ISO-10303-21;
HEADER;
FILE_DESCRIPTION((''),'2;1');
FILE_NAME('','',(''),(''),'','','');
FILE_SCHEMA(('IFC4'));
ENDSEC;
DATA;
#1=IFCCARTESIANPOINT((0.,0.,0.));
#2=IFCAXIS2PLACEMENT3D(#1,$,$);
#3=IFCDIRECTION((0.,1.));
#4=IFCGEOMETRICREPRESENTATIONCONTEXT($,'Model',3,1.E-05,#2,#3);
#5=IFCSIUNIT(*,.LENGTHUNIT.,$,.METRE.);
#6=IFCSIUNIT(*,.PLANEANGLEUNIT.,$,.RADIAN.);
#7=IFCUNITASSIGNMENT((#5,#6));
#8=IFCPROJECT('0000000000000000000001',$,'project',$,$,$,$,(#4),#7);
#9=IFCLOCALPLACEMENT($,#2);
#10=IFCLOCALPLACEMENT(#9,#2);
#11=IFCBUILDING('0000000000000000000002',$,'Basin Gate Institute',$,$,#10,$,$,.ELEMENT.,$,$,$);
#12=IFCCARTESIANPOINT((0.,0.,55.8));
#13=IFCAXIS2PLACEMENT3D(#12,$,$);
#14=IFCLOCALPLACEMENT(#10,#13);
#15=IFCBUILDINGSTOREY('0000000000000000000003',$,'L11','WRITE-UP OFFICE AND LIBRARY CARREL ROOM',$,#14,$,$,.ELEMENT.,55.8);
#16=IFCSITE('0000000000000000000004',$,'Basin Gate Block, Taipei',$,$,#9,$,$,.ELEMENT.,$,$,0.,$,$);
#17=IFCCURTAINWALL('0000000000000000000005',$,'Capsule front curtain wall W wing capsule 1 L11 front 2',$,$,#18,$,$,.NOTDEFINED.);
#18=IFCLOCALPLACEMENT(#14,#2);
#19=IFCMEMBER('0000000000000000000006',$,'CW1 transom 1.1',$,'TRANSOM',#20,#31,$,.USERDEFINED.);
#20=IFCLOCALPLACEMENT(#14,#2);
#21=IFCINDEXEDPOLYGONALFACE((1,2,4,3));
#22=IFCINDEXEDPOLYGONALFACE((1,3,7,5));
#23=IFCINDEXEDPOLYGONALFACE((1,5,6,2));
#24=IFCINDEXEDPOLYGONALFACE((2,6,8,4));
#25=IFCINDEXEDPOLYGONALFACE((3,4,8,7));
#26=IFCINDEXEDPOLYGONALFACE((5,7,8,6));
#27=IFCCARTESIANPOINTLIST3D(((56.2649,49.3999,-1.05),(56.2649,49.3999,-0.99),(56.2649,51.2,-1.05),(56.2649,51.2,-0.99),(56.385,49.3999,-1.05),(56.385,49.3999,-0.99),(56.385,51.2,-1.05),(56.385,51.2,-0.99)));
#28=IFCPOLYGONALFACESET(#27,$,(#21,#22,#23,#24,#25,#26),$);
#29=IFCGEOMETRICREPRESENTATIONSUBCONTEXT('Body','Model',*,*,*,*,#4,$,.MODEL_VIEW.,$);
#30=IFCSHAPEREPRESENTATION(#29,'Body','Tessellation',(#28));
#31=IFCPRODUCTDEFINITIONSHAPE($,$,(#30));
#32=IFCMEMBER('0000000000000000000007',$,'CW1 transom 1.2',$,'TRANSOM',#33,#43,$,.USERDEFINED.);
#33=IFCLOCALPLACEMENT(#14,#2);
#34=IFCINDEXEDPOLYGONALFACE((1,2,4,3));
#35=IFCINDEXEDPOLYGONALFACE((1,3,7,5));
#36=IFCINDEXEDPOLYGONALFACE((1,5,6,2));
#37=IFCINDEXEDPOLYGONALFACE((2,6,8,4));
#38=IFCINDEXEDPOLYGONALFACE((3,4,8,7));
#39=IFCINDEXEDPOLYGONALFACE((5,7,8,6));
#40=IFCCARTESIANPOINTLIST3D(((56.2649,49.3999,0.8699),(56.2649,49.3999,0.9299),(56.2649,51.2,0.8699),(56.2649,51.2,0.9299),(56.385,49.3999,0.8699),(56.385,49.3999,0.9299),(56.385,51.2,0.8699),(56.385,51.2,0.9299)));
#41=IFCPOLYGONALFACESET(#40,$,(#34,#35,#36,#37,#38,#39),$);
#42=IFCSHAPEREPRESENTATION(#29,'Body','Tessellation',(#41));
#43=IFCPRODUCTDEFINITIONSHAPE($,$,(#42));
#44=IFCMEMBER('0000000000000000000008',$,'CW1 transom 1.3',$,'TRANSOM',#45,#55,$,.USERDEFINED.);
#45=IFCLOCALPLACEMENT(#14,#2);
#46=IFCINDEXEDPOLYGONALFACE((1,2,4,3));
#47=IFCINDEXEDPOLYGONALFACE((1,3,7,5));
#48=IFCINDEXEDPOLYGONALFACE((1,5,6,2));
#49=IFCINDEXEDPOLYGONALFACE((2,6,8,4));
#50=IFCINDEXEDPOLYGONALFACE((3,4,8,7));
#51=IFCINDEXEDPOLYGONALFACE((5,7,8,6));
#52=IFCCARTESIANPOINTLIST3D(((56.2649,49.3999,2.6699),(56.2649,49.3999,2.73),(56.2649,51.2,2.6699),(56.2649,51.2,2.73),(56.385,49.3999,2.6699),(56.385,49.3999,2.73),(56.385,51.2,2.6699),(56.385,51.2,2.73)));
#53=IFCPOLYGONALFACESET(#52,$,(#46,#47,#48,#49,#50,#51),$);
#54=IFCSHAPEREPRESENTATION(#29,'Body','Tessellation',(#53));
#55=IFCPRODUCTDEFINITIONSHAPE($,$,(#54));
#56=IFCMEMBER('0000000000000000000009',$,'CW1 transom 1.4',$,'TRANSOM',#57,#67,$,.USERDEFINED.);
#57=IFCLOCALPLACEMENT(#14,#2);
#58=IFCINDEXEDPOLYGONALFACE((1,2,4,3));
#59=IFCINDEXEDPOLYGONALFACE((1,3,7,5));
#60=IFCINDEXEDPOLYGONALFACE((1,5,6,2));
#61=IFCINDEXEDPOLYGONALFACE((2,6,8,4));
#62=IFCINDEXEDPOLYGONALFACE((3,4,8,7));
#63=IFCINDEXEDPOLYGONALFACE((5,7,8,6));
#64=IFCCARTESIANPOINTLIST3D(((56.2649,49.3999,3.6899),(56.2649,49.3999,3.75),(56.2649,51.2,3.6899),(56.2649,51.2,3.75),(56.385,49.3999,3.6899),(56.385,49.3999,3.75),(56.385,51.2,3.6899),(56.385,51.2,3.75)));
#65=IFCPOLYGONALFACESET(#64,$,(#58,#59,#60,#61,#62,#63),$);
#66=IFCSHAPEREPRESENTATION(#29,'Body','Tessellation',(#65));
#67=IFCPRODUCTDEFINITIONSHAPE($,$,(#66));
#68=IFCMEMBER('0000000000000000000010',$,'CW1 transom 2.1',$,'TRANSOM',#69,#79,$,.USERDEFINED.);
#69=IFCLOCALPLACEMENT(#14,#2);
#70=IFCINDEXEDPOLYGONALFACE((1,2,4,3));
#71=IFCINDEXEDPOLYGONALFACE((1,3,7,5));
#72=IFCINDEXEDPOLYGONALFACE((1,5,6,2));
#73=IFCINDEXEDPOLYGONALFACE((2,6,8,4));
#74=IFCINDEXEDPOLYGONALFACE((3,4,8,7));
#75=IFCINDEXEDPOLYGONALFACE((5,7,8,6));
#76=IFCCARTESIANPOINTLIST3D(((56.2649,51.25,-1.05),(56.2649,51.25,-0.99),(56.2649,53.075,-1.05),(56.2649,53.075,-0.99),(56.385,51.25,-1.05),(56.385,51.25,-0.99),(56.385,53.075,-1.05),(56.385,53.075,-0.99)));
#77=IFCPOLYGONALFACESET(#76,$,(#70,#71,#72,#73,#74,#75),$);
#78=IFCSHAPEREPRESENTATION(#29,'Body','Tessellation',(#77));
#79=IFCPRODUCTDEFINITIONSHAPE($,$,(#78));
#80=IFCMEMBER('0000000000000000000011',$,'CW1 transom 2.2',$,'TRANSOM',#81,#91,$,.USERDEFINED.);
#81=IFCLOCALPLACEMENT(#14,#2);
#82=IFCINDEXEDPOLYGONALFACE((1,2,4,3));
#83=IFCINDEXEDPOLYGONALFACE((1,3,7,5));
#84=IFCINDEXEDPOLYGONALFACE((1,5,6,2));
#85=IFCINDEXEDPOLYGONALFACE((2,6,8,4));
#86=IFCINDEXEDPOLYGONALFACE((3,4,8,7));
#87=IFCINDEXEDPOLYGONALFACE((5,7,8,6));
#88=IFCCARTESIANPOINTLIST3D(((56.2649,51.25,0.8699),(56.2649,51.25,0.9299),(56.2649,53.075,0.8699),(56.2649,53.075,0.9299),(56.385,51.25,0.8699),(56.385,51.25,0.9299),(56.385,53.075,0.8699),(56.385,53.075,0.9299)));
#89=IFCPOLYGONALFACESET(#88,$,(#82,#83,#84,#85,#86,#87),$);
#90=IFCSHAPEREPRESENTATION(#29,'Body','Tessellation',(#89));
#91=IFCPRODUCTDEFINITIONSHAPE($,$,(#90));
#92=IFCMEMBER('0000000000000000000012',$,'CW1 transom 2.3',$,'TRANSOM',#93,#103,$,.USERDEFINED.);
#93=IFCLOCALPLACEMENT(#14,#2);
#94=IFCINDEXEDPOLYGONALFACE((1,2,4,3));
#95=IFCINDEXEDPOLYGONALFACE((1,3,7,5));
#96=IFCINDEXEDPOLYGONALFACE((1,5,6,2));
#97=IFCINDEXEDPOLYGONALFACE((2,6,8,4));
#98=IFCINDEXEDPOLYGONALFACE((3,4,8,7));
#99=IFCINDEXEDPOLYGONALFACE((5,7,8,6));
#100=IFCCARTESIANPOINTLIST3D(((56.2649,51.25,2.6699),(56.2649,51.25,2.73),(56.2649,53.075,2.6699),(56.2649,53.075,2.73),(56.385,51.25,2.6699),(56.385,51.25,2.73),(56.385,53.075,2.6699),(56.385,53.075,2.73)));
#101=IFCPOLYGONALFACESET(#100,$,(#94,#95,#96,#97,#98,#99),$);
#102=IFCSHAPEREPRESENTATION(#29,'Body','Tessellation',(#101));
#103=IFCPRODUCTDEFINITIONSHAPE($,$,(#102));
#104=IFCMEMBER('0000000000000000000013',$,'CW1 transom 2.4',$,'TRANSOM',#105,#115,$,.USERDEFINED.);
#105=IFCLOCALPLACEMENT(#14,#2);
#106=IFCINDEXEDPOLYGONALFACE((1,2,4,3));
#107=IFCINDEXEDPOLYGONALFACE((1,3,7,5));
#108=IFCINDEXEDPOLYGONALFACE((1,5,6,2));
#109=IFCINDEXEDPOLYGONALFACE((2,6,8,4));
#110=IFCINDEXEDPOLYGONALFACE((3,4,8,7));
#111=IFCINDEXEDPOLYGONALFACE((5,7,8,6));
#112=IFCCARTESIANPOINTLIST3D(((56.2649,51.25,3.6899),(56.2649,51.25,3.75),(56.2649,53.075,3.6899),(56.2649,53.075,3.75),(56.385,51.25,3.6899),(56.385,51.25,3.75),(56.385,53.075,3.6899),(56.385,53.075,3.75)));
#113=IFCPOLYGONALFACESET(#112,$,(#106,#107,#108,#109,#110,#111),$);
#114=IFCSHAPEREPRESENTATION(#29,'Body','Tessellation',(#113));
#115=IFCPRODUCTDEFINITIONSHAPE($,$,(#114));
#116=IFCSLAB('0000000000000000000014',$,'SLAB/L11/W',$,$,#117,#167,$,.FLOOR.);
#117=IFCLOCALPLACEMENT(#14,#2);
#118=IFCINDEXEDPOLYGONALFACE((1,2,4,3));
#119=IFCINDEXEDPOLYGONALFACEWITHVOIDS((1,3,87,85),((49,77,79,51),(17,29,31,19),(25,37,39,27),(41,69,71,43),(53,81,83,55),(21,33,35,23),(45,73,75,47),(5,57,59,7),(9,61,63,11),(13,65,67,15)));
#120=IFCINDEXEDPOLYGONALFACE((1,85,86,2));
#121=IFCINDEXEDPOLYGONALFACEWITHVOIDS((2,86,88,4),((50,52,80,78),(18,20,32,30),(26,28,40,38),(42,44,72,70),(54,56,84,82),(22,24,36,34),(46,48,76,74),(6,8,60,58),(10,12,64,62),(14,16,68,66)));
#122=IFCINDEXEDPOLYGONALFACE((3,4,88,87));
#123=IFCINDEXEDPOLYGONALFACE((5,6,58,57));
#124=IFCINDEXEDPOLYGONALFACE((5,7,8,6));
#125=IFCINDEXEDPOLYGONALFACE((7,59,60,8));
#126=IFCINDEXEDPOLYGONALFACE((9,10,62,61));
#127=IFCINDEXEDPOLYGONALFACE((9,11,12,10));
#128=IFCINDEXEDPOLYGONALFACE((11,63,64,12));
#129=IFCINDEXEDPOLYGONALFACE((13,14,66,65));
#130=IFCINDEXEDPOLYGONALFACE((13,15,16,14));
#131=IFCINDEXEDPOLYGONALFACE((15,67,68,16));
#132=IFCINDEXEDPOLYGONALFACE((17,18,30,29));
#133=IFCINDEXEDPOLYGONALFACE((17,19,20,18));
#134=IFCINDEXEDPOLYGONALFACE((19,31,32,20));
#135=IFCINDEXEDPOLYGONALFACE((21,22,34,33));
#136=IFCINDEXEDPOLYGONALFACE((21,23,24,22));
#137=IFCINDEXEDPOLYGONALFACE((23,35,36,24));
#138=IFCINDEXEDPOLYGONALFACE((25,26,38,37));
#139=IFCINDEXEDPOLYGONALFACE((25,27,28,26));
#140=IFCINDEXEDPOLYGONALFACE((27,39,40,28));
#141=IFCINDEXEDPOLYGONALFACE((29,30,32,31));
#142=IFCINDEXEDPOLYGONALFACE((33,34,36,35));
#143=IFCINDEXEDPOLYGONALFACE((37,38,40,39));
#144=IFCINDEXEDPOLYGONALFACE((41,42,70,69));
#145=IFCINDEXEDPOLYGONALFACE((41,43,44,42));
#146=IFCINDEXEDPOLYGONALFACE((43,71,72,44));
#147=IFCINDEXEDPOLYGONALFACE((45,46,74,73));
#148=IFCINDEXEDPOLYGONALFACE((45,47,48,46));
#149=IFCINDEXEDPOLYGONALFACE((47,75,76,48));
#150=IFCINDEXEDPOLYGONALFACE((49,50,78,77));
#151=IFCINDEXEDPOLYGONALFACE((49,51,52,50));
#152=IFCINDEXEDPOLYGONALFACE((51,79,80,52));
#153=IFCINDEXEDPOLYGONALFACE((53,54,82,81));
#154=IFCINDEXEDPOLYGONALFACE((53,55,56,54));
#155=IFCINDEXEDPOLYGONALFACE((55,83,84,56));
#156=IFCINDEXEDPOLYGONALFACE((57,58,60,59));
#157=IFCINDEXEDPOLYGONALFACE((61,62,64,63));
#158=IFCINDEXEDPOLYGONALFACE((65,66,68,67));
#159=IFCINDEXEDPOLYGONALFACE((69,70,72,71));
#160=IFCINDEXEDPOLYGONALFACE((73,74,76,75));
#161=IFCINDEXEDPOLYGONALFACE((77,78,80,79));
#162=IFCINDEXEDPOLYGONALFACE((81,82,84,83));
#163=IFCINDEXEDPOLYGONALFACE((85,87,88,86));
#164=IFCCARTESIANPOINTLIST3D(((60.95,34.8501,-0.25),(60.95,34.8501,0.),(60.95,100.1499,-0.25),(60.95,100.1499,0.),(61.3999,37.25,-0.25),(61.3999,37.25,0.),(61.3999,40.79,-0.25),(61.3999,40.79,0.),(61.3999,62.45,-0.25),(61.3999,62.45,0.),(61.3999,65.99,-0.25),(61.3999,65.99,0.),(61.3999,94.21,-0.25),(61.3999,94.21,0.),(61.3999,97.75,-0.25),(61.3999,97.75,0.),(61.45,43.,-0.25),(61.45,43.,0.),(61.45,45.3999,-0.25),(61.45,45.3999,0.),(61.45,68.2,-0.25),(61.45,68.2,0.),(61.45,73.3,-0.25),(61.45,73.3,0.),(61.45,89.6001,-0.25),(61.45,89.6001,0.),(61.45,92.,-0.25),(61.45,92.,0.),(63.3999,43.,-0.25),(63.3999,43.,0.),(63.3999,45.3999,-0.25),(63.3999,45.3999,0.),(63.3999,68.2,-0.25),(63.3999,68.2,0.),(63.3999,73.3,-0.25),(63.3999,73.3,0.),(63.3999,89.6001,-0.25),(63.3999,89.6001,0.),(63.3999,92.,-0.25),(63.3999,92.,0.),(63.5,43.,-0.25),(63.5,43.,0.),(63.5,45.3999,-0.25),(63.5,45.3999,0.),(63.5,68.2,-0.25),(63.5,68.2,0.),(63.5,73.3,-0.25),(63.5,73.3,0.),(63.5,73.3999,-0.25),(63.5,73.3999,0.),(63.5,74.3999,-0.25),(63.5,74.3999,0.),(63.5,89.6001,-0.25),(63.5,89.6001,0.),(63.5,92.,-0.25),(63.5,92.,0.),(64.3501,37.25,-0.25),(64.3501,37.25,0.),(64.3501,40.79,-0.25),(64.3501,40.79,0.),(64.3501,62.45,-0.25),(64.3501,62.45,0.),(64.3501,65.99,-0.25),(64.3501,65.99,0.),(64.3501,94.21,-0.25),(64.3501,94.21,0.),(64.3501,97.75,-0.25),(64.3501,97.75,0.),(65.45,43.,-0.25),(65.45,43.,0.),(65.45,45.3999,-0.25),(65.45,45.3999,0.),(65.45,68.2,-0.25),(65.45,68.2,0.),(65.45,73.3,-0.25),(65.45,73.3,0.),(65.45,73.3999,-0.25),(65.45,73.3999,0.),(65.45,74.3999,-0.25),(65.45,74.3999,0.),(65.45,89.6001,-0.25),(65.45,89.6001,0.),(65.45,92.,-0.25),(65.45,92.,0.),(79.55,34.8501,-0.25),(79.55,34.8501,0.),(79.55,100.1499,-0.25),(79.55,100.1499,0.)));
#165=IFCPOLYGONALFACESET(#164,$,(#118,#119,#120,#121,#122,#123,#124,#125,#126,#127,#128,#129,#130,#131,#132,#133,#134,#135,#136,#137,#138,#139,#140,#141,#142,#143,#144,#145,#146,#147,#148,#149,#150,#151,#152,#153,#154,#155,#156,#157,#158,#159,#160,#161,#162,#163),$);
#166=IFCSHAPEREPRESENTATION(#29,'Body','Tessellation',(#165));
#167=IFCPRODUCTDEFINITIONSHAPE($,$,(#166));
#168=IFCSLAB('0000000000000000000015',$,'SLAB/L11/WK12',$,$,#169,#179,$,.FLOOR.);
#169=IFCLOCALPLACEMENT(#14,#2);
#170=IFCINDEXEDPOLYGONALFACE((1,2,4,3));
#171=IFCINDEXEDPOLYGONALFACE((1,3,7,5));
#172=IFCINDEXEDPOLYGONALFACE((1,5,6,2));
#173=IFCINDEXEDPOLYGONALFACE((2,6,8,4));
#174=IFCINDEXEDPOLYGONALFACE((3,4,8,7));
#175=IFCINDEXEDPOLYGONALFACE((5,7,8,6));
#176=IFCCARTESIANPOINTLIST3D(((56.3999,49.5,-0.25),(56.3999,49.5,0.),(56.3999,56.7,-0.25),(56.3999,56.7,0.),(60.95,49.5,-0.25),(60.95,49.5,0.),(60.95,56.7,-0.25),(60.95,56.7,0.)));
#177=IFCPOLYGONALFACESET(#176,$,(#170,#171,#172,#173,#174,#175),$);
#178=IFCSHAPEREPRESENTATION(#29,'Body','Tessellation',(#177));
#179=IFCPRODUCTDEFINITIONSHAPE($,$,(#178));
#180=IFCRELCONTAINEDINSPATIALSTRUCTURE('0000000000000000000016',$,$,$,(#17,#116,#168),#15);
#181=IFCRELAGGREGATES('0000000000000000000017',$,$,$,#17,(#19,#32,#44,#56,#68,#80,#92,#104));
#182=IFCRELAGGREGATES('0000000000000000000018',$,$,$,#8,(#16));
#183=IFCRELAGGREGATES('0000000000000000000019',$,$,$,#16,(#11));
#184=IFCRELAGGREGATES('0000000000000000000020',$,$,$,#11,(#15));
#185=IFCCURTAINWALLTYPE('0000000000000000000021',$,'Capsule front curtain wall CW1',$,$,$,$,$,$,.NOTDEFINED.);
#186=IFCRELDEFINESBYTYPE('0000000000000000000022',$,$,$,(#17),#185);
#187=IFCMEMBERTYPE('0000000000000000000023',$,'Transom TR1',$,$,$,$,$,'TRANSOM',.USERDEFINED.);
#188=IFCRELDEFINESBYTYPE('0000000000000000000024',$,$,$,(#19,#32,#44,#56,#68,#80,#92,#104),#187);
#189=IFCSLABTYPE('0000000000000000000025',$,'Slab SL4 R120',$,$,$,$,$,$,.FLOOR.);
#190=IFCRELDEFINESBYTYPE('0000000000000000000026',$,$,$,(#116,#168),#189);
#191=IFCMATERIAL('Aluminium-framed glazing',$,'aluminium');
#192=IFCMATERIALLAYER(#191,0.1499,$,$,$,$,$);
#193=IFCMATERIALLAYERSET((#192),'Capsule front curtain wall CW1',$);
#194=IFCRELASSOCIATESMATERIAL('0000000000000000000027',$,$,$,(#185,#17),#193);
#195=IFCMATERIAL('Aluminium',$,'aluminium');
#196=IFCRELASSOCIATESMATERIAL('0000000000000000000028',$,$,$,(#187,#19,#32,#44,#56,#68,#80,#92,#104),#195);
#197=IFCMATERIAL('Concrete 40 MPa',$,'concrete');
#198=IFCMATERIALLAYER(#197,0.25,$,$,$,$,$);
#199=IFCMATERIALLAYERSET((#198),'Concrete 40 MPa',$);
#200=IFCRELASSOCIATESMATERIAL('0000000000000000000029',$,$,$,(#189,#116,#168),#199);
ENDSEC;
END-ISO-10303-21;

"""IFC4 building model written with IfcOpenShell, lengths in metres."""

from ifc_helpers import new_model, si_unit, direction, frame, origin, origin_2d, place, context, subcontext, project, spatial, polyline, rectangle, outline, extrude, material, layer, layer_set, material_profile, profile_set, type_object, element, aggregate, save


model = new_model("IFC4")

# Units and contexts
model_context = context("Model", 3, precision=1e-05, world=origin(), true_north=direction((0.0, 1.0)))
body_context = subcontext(model_context, "Body", "Model", "MODEL_VIEW")
ifc_project = project(units=[si_unit("LENGTHUNIT", "METRE"), si_unit("PLANEANGLEUNIT", "RADIAN")], contexts=[model_context])

# Site, building, storey
site_placement = place(None, origin())
site = spatial("IfcSite", under=ifc_project, at=site_placement, Name="Basin Gate Block, Taipei", CompositionType="ELEMENT", RefElevation=0.0)
building_placement = place(site_placement, origin())
building = spatial("IfcBuilding", under=site, at=building_placement, Name="Basin Gate Institute", CompositionType="ELEMENT")
storey_placement = place(building_placement, frame((0.0, 0.0, 55.8)))
storey = spatial("IfcBuildingStorey", under=building, at=storey_placement, Name="L11", Description="WRITE-UP OFFICE AND LIBRARY CARREL ROOM", CompositionType="ELEMENT", Elevation=55.8)

# Curtain wall
ifc_material_1 = material(Name="Aluminium-framed glazing", Category="aluminium")
ifc_layer_1 = layer(ifc_material_1, 0.1499)
ifc_layer_set_1 = layer_set([ifc_layer_1], Name="Capsule front curtain wall CW1")
curtain_wall_type = type_object("IfcCurtainWallType", Name="Capsule front curtain wall CW1", PredefinedType="NOTDEFINED", material=ifc_layer_set_1)
curtain_wall_1_placement = place(storey_placement, origin())
curtain_wall_1 = element("IfcCurtainWall", 1, at=curtain_wall_1_placement, inside=storey, type_object=curtain_wall_type, material=ifc_layer_set_1, Name="Capsule front curtain wall W wing capsule 1 L11 front 2", PredefinedType="NOTDEFINED")

# Members
ifc_material_2 = material(Name="Aluminium", Category="aluminium")
ifc_material_profile_1 = material_profile(ifc_material_2, rectangle(XDim=0.1201, YDim=0.0601, at=origin_2d()), Name="Transom TR1 120 x 60")
ifc_profile_set_1 = profile_set([ifc_material_profile_1], Name="Aluminium")
member_type_1 = type_object("IfcMemberType", Name="Transom TR1", ElementType="TRANSOM", PredefinedType="USERDEFINED", material=ifc_profile_set_1)
member_1_placement = place(storey_placement, frame((56.325, 49.3999, -1.02), z_axis=(0.0, 1.0, 0.0), x_axis=(-1.0, 0.0, 0.0)))
member_1 = element("IfcMember", 2, at=member_1_placement, type_object=member_type_1, material=ifc_profile_set_1, Name="CW1 transom 1.1", ObjectType="TRANSOM", PredefinedType="USERDEFINED", context=body_context, shape_type="SweptSolid", body=[
    extrude(rectangle(XDim=0.1201, YDim=0.0601, at=origin_2d()), origin(), (0.0, 0.0, 1.0), 1.8),
])
member_2_placement = place(storey_placement, frame((56.325, 49.3999, 0.8999), z_axis=(0.0, 1.0, 0.0), x_axis=(-1.0, 0.0, 0.0)))
member_2 = element("IfcMember", 3, at=member_2_placement, type_object=member_type_1, material=ifc_profile_set_1, Name="CW1 transom 1.2", ObjectType="TRANSOM", PredefinedType="USERDEFINED", context=body_context, shape_type="SweptSolid", body=[
    extrude(rectangle(XDim=0.1201, YDim=0.0601, at=origin_2d()), origin(), (0.0, 0.0, 1.0), 1.8),
])
member_3_placement = place(storey_placement, frame((56.325, 49.3999, 2.7), z_axis=(0.0, 1.0, 0.0), x_axis=(-1.0, 0.0, 0.0)))
member_3 = element("IfcMember", 4, at=member_3_placement, type_object=member_type_1, material=ifc_profile_set_1, Name="CW1 transom 1.3", ObjectType="TRANSOM", PredefinedType="USERDEFINED", context=body_context, shape_type="SweptSolid", body=[
    extrude(rectangle(XDim=0.1201, YDim=0.0601, at=origin_2d()), origin(), (0.0, 0.0, 1.0), 1.8),
])
member_4_placement = place(storey_placement, frame((56.325, 49.3999, 3.72), z_axis=(0.0, 1.0, 0.0), x_axis=(-1.0, 0.0, 0.0)))
member_4 = element("IfcMember", 5, at=member_4_placement, type_object=member_type_1, material=ifc_profile_set_1, Name="CW1 transom 1.4", ObjectType="TRANSOM", PredefinedType="USERDEFINED", context=body_context, shape_type="SweptSolid", body=[
    extrude(rectangle(XDim=0.1201, YDim=0.0601, at=origin_2d()), origin(), (0.0, 0.0, 1.0), 1.8),
])
member_5_placement = place(storey_placement, frame((56.325, 51.25, -1.02), z_axis=(0.0, 1.0, 0.0), x_axis=(-1.0, 0.0, 0.0)))
member_5 = element("IfcMember", 6, at=member_5_placement, type_object=member_type_1, material=ifc_profile_set_1, Name="CW1 transom 2.1", ObjectType="TRANSOM", PredefinedType="USERDEFINED", context=body_context, shape_type="SweptSolid", body=[
    extrude(rectangle(XDim=0.1201, YDim=0.0601, at=origin_2d()), origin(), (0.0, 0.0, 1.0), 1.825),
])
member_6_placement = place(storey_placement, frame((56.325, 51.25, 0.8999), z_axis=(0.0, 1.0, 0.0), x_axis=(-1.0, 0.0, 0.0)))
member_6 = element("IfcMember", 7, at=member_6_placement, type_object=member_type_1, material=ifc_profile_set_1, Name="CW1 transom 2.2", ObjectType="TRANSOM", PredefinedType="USERDEFINED", context=body_context, shape_type="SweptSolid", body=[
    extrude(rectangle(XDim=0.1201, YDim=0.0601, at=origin_2d()), origin(), (0.0, 0.0, 1.0), 1.825),
])
member_7_placement = place(storey_placement, frame((56.325, 51.25, 2.7), z_axis=(0.0, 1.0, 0.0), x_axis=(-1.0, 0.0, 0.0)))
member_7 = element("IfcMember", 8, at=member_7_placement, type_object=member_type_1, material=ifc_profile_set_1, Name="CW1 transom 2.3", ObjectType="TRANSOM", PredefinedType="USERDEFINED", context=body_context, shape_type="SweptSolid", body=[
    extrude(rectangle(XDim=0.1201, YDim=0.0601, at=origin_2d()), origin(), (0.0, 0.0, 1.0), 1.825),
])
member_8_placement = place(storey_placement, frame((56.325, 51.25, 3.72), z_axis=(0.0, 1.0, 0.0), x_axis=(-1.0, 0.0, 0.0)))
member_8 = element("IfcMember", 9, at=member_8_placement, type_object=member_type_1, material=ifc_profile_set_1, Name="CW1 transom 2.4", ObjectType="TRANSOM", PredefinedType="USERDEFINED", context=body_context, shape_type="SweptSolid", body=[
    extrude(rectangle(XDim=0.1201, YDim=0.0601, at=origin_2d()), origin(), (0.0, 0.0, 1.0), 1.825),
])

# Slabs
ifc_material_3 = material(Name="Concrete 40 MPa", Category="concrete")
ifc_layer_2 = layer(ifc_material_3, 0.25)
ifc_layer_set_2 = layer_set([ifc_layer_2], Name="Concrete 40 MPa")
slab_type_1 = type_object("IfcSlabType", Name="Slab SL4 R120", PredefinedType="FLOOR", material=ifc_layer_set_2)
slab_1_placement = place(storey_placement, frame((0.0, 0.0, -0.25)))
element("IfcSlab", 10, at=slab_1_placement, inside=storey, type_object=slab_type_1, material=ifc_layer_set_2, Name="SLAB/L11/W", PredefinedType="FLOOR", context=body_context, shape_type="SweptSolid", body=[
    extrude(outline(polyline([(60.95, 34.8501), (79.55, 34.8501), (79.55, 100.1499), (60.95, 100.1499), (60.95, 34.8501)]), holes=[polyline([(61.3999, 37.25), (64.3501, 37.25), (64.3501, 40.79), (61.3999, 40.79), (61.3999, 37.25)]), polyline([(61.3999, 62.45), (64.3501, 62.45), (64.3501, 65.99), (61.3999, 65.99), (61.3999, 62.45)]), polyline([(61.3999, 94.21), (64.3501, 94.21), (64.3501, 97.75), (61.3999, 97.75), (61.3999, 94.21)]), polyline([(61.45, 43.0), (63.3999, 43.0), (63.3999, 45.3999), (61.45, 45.3999), (61.45, 43.0)]), polyline([(61.45, 68.2), (63.3999, 68.2), (63.3999, 73.3), (61.45, 73.3), (61.45, 68.2)]), polyline([(63.5, 73.3999), (65.45, 73.3999), (65.45, 74.3999), (63.5, 74.3999), (63.5, 73.3999)]), polyline([(61.45, 89.6001), (63.3999, 89.6001), (63.3999, 92.0), (61.45, 92.0), (61.45, 89.6001)]), polyline([(63.5, 43.0), (65.45, 43.0), (65.45, 45.3999), (63.5, 45.3999), (63.5, 43.0)]), polyline([(65.45, 68.2), (63.5, 68.2), (63.5, 73.3), (65.45, 73.3), (65.45, 68.2)]), polyline([(63.5, 89.6001), (65.45, 89.6001), (65.45, 92.0), (63.5, 92.0), (63.5, 89.6001)])]), origin(), (0.0, 0.0, 1.0), 0.25),
])
slab_2_placement = place(storey_placement, frame((0.0, 0.0, -0.25)))
element("IfcSlab", 11, at=slab_2_placement, inside=storey, type_object=slab_type_1, material=ifc_layer_set_2, Name="SLAB/L11/WK12", PredefinedType="FLOOR", context=body_context, shape_type="SweptSolid", body=[
    extrude(outline(polyline([(60.95, 49.5), (56.3999, 49.5), (56.3999, 56.7), (60.95, 56.7), (60.95, 49.5)])), origin(), (0.0, 0.0, 1.0), 0.25),
])

aggregate(curtain_wall_1, [member_1, member_2, member_3, member_4, member_5, member_6, member_7, member_8])

save(model, "model.ifc")
